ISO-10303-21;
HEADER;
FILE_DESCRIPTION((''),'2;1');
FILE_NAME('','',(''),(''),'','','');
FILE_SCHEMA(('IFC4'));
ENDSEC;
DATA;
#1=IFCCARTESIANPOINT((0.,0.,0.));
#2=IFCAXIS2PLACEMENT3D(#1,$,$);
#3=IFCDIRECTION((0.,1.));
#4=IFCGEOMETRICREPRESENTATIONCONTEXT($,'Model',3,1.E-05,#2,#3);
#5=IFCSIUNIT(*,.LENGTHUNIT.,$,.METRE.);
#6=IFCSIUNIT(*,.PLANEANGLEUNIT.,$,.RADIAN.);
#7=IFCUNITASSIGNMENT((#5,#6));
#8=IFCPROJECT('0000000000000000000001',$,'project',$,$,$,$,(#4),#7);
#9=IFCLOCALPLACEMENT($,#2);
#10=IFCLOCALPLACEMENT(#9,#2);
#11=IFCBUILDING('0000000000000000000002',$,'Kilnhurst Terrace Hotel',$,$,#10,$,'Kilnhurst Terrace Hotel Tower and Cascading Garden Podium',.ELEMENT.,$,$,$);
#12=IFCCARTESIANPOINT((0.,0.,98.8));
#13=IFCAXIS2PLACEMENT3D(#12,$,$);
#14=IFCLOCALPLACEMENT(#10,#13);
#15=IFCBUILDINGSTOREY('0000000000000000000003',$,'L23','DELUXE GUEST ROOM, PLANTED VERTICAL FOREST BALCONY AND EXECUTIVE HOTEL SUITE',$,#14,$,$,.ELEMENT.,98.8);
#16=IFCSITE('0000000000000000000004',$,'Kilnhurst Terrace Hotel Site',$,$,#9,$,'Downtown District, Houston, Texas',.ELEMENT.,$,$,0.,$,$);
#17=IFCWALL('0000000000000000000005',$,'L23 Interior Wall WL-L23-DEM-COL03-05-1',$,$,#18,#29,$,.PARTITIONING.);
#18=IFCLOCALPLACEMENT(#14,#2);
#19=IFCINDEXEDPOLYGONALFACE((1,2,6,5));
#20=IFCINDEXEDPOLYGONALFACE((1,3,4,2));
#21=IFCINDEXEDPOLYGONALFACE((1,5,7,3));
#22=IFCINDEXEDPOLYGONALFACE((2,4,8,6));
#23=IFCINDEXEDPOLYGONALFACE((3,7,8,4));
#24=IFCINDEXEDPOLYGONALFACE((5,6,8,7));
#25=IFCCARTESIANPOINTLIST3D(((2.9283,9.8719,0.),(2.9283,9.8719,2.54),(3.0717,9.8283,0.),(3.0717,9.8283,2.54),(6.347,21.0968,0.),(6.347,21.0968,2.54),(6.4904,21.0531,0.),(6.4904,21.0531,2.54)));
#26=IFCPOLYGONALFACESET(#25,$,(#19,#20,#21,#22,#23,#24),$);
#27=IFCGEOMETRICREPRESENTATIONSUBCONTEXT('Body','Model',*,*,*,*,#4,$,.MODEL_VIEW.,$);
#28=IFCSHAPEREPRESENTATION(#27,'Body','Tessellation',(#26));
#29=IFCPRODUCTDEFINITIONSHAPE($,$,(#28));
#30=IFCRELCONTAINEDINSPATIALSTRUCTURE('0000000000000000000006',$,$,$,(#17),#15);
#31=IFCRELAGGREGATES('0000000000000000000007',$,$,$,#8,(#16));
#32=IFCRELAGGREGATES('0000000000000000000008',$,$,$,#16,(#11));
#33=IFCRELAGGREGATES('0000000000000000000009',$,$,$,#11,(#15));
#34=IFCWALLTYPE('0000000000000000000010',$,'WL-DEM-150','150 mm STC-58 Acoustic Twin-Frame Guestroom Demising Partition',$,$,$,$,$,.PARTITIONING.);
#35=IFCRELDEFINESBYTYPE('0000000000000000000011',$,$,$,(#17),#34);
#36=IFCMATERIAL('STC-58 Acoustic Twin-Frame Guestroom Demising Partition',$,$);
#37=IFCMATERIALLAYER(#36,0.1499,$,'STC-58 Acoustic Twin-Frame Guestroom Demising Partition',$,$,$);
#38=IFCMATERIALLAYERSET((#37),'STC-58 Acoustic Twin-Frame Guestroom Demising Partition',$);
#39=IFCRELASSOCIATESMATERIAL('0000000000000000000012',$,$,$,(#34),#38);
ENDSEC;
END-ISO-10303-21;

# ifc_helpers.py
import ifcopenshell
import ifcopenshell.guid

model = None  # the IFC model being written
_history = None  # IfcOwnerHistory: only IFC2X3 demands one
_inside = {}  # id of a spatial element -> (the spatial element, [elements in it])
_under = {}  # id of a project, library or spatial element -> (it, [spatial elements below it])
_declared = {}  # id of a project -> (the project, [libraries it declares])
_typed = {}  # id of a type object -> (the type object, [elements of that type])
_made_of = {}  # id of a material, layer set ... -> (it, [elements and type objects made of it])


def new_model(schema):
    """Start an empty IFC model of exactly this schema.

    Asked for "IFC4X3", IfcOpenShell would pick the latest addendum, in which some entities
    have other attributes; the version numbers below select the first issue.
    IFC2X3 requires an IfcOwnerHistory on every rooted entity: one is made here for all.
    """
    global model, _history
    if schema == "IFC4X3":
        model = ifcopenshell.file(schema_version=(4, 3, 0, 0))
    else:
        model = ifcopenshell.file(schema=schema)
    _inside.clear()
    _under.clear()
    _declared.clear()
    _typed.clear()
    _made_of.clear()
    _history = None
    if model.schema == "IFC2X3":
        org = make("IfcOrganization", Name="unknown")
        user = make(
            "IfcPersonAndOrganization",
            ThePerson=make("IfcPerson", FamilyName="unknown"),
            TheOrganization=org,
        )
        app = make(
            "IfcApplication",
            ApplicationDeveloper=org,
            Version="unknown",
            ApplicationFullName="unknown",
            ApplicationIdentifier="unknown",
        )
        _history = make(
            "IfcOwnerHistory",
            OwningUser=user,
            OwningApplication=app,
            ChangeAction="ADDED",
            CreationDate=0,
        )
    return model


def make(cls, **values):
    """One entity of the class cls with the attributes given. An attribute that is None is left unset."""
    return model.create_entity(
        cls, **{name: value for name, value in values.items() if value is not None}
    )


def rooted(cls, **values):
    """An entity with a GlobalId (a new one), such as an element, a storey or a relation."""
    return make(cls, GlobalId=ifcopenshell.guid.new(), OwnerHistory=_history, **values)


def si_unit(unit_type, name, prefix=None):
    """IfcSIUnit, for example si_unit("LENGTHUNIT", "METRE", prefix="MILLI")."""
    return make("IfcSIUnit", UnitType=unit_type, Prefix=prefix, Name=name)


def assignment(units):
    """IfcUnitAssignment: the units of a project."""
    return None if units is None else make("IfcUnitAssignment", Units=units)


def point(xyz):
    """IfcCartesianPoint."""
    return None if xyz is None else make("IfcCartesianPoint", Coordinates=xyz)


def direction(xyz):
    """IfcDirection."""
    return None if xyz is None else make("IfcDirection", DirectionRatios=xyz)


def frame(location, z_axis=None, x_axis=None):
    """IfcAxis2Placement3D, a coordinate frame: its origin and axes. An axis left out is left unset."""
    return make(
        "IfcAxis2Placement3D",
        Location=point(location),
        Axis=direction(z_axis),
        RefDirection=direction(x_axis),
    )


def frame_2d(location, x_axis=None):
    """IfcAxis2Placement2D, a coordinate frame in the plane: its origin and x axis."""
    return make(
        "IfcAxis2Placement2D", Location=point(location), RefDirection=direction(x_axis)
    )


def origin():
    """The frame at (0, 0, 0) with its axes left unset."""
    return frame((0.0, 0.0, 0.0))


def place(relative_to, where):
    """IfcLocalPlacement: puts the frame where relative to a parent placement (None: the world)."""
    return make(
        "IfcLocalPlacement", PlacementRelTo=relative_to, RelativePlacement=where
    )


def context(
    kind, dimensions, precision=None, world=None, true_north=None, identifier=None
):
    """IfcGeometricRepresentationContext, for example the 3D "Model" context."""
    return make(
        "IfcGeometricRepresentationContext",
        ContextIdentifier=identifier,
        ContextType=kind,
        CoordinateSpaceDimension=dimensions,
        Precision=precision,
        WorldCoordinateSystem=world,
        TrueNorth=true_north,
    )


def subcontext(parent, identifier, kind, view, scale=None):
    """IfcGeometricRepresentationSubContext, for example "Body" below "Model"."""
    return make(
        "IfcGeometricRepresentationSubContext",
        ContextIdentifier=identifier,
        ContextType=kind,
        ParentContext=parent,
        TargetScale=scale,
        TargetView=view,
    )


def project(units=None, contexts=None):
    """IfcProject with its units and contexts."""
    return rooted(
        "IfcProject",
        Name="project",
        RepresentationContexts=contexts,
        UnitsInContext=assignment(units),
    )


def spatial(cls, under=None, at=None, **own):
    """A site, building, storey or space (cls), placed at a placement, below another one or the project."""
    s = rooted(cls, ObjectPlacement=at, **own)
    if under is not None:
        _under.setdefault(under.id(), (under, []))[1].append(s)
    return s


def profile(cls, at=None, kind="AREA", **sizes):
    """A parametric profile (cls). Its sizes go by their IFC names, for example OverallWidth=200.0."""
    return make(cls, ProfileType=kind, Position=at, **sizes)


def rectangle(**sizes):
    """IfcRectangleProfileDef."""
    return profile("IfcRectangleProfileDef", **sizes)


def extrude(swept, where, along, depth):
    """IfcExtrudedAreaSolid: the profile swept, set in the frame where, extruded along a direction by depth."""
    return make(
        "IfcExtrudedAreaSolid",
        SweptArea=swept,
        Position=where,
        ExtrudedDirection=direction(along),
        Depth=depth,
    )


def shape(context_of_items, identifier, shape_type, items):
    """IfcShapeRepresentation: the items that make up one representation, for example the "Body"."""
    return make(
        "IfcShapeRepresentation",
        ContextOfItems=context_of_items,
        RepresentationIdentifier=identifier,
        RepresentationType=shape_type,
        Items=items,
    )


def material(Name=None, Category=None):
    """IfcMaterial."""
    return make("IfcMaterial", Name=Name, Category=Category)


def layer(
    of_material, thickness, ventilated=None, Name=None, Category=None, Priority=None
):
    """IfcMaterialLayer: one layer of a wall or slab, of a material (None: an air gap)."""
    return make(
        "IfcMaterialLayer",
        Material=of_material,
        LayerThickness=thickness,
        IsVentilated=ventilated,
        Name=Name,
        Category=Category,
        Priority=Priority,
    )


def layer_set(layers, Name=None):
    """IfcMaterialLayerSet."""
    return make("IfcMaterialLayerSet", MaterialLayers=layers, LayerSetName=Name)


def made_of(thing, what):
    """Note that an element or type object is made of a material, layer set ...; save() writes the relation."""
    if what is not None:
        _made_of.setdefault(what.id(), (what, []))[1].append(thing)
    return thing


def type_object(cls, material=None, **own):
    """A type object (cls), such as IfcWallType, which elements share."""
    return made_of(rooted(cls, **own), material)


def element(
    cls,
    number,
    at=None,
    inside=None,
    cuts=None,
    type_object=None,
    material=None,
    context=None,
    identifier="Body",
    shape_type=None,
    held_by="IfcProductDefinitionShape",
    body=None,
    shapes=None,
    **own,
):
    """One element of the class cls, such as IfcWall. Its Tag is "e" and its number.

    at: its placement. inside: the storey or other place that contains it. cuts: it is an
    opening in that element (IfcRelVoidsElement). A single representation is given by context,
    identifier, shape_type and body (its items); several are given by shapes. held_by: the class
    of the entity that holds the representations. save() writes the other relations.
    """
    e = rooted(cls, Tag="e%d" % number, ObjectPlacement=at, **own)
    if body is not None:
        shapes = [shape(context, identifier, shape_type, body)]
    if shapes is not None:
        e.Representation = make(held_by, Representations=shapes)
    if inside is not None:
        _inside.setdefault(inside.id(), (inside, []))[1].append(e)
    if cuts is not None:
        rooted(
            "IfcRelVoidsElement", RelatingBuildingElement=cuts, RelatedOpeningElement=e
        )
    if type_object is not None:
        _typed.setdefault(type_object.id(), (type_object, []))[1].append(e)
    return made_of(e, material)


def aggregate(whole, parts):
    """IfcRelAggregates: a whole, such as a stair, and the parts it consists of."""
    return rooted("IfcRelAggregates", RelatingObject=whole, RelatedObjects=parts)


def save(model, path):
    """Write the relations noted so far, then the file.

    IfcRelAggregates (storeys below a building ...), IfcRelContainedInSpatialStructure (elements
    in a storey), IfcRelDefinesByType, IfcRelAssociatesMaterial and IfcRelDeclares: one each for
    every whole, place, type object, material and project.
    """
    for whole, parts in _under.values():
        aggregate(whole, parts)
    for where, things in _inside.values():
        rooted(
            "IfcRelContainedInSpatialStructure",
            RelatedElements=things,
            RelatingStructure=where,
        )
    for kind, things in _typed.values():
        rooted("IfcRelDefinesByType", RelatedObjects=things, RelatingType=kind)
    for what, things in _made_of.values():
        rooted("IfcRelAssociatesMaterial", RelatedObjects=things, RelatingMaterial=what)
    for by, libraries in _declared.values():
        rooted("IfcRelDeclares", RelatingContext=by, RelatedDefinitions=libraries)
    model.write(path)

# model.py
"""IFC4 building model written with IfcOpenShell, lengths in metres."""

from ifc_helpers import new_model, si_unit, direction, frame, frame_2d, origin, place, context, subcontext, project, spatial, rectangle, extrude, material, layer, layer_set, type_object, element, save


model = new_model("IFC4")

# Units and contexts
model_context = context("Model", 3, precision=1e-05, world=origin(), true_north=direction((0.0, 1.0)))
body_context = subcontext(model_context, "Body", "Model", "MODEL_VIEW")
ifc_project = project(units=[si_unit("LENGTHUNIT", "METRE"), si_unit("PLANEANGLEUNIT", "RADIAN")], contexts=[model_context])

# Site, building, storey
site_placement = place(None, origin())
site = spatial("IfcSite", under=ifc_project, at=site_placement, Name="Kilnhurst Terrace Hotel Site", LongName="Downtown District, Houston, Texas", CompositionType="ELEMENT", RefElevation=0.0)
building_placement = place(site_placement, origin())
building = spatial("IfcBuilding", under=site, at=building_placement, Name="Kilnhurst Terrace Hotel", LongName="Kilnhurst Terrace Hotel Tower and Cascading Garden Podium", CompositionType="ELEMENT")
storey_placement = place(building_placement, frame((0.0, 0.0, 98.8)))
storey = spatial("IfcBuildingStorey", under=building, at=storey_placement, Name="L23", Description="DELUXE GUEST ROOM, PLANTED VERTICAL FOREST BALCONY AND EXECUTIVE HOTEL SUITE", CompositionType="ELEMENT", Elevation=98.8)

# Wall
ifc_material_1 = material(Name="STC-58 Acoustic Twin-Frame Guestroom Demising Partition")
ifc_layer_1 = layer(ifc_material_1, 0.1499, Name="STC-58 Acoustic Twin-Frame Guestroom Demising Partition")
ifc_layer_set_1 = layer_set([ifc_layer_1], Name="STC-58 Acoustic Twin-Frame Guestroom Demising Partition")
wall_type_1 = type_object("IfcWallType", Name="WL-DEM-150", Description="150 mm STC-58 Acoustic Twin-Frame Guestroom Demising Partition", PredefinedType="PARTITIONING", material=ifc_layer_set_1)
wall_1_placement = place(storey_placement, frame((3.0, 9.8501, 0.0), z_axis=(0.0, 0.0, 1.0), x_axis=(0.291352, 0.956616, 0.0)))
element("IfcWall", 1, at=wall_1_placement, inside=storey, type_object=wall_type_1, Name="L23 Interior Wall WL-L23-DEM-COL03-05-1", PredefinedType="PARTITIONING", context=body_context, shape_type="SweptSolid", body=[
    extrude(rectangle(XDim=11.7339, YDim=0.1499, at=frame_2d((5.8669, 0.0))), origin(), (0.0, 0.0, 1.0), 2.54),
])

save(model, "model.ifc")
